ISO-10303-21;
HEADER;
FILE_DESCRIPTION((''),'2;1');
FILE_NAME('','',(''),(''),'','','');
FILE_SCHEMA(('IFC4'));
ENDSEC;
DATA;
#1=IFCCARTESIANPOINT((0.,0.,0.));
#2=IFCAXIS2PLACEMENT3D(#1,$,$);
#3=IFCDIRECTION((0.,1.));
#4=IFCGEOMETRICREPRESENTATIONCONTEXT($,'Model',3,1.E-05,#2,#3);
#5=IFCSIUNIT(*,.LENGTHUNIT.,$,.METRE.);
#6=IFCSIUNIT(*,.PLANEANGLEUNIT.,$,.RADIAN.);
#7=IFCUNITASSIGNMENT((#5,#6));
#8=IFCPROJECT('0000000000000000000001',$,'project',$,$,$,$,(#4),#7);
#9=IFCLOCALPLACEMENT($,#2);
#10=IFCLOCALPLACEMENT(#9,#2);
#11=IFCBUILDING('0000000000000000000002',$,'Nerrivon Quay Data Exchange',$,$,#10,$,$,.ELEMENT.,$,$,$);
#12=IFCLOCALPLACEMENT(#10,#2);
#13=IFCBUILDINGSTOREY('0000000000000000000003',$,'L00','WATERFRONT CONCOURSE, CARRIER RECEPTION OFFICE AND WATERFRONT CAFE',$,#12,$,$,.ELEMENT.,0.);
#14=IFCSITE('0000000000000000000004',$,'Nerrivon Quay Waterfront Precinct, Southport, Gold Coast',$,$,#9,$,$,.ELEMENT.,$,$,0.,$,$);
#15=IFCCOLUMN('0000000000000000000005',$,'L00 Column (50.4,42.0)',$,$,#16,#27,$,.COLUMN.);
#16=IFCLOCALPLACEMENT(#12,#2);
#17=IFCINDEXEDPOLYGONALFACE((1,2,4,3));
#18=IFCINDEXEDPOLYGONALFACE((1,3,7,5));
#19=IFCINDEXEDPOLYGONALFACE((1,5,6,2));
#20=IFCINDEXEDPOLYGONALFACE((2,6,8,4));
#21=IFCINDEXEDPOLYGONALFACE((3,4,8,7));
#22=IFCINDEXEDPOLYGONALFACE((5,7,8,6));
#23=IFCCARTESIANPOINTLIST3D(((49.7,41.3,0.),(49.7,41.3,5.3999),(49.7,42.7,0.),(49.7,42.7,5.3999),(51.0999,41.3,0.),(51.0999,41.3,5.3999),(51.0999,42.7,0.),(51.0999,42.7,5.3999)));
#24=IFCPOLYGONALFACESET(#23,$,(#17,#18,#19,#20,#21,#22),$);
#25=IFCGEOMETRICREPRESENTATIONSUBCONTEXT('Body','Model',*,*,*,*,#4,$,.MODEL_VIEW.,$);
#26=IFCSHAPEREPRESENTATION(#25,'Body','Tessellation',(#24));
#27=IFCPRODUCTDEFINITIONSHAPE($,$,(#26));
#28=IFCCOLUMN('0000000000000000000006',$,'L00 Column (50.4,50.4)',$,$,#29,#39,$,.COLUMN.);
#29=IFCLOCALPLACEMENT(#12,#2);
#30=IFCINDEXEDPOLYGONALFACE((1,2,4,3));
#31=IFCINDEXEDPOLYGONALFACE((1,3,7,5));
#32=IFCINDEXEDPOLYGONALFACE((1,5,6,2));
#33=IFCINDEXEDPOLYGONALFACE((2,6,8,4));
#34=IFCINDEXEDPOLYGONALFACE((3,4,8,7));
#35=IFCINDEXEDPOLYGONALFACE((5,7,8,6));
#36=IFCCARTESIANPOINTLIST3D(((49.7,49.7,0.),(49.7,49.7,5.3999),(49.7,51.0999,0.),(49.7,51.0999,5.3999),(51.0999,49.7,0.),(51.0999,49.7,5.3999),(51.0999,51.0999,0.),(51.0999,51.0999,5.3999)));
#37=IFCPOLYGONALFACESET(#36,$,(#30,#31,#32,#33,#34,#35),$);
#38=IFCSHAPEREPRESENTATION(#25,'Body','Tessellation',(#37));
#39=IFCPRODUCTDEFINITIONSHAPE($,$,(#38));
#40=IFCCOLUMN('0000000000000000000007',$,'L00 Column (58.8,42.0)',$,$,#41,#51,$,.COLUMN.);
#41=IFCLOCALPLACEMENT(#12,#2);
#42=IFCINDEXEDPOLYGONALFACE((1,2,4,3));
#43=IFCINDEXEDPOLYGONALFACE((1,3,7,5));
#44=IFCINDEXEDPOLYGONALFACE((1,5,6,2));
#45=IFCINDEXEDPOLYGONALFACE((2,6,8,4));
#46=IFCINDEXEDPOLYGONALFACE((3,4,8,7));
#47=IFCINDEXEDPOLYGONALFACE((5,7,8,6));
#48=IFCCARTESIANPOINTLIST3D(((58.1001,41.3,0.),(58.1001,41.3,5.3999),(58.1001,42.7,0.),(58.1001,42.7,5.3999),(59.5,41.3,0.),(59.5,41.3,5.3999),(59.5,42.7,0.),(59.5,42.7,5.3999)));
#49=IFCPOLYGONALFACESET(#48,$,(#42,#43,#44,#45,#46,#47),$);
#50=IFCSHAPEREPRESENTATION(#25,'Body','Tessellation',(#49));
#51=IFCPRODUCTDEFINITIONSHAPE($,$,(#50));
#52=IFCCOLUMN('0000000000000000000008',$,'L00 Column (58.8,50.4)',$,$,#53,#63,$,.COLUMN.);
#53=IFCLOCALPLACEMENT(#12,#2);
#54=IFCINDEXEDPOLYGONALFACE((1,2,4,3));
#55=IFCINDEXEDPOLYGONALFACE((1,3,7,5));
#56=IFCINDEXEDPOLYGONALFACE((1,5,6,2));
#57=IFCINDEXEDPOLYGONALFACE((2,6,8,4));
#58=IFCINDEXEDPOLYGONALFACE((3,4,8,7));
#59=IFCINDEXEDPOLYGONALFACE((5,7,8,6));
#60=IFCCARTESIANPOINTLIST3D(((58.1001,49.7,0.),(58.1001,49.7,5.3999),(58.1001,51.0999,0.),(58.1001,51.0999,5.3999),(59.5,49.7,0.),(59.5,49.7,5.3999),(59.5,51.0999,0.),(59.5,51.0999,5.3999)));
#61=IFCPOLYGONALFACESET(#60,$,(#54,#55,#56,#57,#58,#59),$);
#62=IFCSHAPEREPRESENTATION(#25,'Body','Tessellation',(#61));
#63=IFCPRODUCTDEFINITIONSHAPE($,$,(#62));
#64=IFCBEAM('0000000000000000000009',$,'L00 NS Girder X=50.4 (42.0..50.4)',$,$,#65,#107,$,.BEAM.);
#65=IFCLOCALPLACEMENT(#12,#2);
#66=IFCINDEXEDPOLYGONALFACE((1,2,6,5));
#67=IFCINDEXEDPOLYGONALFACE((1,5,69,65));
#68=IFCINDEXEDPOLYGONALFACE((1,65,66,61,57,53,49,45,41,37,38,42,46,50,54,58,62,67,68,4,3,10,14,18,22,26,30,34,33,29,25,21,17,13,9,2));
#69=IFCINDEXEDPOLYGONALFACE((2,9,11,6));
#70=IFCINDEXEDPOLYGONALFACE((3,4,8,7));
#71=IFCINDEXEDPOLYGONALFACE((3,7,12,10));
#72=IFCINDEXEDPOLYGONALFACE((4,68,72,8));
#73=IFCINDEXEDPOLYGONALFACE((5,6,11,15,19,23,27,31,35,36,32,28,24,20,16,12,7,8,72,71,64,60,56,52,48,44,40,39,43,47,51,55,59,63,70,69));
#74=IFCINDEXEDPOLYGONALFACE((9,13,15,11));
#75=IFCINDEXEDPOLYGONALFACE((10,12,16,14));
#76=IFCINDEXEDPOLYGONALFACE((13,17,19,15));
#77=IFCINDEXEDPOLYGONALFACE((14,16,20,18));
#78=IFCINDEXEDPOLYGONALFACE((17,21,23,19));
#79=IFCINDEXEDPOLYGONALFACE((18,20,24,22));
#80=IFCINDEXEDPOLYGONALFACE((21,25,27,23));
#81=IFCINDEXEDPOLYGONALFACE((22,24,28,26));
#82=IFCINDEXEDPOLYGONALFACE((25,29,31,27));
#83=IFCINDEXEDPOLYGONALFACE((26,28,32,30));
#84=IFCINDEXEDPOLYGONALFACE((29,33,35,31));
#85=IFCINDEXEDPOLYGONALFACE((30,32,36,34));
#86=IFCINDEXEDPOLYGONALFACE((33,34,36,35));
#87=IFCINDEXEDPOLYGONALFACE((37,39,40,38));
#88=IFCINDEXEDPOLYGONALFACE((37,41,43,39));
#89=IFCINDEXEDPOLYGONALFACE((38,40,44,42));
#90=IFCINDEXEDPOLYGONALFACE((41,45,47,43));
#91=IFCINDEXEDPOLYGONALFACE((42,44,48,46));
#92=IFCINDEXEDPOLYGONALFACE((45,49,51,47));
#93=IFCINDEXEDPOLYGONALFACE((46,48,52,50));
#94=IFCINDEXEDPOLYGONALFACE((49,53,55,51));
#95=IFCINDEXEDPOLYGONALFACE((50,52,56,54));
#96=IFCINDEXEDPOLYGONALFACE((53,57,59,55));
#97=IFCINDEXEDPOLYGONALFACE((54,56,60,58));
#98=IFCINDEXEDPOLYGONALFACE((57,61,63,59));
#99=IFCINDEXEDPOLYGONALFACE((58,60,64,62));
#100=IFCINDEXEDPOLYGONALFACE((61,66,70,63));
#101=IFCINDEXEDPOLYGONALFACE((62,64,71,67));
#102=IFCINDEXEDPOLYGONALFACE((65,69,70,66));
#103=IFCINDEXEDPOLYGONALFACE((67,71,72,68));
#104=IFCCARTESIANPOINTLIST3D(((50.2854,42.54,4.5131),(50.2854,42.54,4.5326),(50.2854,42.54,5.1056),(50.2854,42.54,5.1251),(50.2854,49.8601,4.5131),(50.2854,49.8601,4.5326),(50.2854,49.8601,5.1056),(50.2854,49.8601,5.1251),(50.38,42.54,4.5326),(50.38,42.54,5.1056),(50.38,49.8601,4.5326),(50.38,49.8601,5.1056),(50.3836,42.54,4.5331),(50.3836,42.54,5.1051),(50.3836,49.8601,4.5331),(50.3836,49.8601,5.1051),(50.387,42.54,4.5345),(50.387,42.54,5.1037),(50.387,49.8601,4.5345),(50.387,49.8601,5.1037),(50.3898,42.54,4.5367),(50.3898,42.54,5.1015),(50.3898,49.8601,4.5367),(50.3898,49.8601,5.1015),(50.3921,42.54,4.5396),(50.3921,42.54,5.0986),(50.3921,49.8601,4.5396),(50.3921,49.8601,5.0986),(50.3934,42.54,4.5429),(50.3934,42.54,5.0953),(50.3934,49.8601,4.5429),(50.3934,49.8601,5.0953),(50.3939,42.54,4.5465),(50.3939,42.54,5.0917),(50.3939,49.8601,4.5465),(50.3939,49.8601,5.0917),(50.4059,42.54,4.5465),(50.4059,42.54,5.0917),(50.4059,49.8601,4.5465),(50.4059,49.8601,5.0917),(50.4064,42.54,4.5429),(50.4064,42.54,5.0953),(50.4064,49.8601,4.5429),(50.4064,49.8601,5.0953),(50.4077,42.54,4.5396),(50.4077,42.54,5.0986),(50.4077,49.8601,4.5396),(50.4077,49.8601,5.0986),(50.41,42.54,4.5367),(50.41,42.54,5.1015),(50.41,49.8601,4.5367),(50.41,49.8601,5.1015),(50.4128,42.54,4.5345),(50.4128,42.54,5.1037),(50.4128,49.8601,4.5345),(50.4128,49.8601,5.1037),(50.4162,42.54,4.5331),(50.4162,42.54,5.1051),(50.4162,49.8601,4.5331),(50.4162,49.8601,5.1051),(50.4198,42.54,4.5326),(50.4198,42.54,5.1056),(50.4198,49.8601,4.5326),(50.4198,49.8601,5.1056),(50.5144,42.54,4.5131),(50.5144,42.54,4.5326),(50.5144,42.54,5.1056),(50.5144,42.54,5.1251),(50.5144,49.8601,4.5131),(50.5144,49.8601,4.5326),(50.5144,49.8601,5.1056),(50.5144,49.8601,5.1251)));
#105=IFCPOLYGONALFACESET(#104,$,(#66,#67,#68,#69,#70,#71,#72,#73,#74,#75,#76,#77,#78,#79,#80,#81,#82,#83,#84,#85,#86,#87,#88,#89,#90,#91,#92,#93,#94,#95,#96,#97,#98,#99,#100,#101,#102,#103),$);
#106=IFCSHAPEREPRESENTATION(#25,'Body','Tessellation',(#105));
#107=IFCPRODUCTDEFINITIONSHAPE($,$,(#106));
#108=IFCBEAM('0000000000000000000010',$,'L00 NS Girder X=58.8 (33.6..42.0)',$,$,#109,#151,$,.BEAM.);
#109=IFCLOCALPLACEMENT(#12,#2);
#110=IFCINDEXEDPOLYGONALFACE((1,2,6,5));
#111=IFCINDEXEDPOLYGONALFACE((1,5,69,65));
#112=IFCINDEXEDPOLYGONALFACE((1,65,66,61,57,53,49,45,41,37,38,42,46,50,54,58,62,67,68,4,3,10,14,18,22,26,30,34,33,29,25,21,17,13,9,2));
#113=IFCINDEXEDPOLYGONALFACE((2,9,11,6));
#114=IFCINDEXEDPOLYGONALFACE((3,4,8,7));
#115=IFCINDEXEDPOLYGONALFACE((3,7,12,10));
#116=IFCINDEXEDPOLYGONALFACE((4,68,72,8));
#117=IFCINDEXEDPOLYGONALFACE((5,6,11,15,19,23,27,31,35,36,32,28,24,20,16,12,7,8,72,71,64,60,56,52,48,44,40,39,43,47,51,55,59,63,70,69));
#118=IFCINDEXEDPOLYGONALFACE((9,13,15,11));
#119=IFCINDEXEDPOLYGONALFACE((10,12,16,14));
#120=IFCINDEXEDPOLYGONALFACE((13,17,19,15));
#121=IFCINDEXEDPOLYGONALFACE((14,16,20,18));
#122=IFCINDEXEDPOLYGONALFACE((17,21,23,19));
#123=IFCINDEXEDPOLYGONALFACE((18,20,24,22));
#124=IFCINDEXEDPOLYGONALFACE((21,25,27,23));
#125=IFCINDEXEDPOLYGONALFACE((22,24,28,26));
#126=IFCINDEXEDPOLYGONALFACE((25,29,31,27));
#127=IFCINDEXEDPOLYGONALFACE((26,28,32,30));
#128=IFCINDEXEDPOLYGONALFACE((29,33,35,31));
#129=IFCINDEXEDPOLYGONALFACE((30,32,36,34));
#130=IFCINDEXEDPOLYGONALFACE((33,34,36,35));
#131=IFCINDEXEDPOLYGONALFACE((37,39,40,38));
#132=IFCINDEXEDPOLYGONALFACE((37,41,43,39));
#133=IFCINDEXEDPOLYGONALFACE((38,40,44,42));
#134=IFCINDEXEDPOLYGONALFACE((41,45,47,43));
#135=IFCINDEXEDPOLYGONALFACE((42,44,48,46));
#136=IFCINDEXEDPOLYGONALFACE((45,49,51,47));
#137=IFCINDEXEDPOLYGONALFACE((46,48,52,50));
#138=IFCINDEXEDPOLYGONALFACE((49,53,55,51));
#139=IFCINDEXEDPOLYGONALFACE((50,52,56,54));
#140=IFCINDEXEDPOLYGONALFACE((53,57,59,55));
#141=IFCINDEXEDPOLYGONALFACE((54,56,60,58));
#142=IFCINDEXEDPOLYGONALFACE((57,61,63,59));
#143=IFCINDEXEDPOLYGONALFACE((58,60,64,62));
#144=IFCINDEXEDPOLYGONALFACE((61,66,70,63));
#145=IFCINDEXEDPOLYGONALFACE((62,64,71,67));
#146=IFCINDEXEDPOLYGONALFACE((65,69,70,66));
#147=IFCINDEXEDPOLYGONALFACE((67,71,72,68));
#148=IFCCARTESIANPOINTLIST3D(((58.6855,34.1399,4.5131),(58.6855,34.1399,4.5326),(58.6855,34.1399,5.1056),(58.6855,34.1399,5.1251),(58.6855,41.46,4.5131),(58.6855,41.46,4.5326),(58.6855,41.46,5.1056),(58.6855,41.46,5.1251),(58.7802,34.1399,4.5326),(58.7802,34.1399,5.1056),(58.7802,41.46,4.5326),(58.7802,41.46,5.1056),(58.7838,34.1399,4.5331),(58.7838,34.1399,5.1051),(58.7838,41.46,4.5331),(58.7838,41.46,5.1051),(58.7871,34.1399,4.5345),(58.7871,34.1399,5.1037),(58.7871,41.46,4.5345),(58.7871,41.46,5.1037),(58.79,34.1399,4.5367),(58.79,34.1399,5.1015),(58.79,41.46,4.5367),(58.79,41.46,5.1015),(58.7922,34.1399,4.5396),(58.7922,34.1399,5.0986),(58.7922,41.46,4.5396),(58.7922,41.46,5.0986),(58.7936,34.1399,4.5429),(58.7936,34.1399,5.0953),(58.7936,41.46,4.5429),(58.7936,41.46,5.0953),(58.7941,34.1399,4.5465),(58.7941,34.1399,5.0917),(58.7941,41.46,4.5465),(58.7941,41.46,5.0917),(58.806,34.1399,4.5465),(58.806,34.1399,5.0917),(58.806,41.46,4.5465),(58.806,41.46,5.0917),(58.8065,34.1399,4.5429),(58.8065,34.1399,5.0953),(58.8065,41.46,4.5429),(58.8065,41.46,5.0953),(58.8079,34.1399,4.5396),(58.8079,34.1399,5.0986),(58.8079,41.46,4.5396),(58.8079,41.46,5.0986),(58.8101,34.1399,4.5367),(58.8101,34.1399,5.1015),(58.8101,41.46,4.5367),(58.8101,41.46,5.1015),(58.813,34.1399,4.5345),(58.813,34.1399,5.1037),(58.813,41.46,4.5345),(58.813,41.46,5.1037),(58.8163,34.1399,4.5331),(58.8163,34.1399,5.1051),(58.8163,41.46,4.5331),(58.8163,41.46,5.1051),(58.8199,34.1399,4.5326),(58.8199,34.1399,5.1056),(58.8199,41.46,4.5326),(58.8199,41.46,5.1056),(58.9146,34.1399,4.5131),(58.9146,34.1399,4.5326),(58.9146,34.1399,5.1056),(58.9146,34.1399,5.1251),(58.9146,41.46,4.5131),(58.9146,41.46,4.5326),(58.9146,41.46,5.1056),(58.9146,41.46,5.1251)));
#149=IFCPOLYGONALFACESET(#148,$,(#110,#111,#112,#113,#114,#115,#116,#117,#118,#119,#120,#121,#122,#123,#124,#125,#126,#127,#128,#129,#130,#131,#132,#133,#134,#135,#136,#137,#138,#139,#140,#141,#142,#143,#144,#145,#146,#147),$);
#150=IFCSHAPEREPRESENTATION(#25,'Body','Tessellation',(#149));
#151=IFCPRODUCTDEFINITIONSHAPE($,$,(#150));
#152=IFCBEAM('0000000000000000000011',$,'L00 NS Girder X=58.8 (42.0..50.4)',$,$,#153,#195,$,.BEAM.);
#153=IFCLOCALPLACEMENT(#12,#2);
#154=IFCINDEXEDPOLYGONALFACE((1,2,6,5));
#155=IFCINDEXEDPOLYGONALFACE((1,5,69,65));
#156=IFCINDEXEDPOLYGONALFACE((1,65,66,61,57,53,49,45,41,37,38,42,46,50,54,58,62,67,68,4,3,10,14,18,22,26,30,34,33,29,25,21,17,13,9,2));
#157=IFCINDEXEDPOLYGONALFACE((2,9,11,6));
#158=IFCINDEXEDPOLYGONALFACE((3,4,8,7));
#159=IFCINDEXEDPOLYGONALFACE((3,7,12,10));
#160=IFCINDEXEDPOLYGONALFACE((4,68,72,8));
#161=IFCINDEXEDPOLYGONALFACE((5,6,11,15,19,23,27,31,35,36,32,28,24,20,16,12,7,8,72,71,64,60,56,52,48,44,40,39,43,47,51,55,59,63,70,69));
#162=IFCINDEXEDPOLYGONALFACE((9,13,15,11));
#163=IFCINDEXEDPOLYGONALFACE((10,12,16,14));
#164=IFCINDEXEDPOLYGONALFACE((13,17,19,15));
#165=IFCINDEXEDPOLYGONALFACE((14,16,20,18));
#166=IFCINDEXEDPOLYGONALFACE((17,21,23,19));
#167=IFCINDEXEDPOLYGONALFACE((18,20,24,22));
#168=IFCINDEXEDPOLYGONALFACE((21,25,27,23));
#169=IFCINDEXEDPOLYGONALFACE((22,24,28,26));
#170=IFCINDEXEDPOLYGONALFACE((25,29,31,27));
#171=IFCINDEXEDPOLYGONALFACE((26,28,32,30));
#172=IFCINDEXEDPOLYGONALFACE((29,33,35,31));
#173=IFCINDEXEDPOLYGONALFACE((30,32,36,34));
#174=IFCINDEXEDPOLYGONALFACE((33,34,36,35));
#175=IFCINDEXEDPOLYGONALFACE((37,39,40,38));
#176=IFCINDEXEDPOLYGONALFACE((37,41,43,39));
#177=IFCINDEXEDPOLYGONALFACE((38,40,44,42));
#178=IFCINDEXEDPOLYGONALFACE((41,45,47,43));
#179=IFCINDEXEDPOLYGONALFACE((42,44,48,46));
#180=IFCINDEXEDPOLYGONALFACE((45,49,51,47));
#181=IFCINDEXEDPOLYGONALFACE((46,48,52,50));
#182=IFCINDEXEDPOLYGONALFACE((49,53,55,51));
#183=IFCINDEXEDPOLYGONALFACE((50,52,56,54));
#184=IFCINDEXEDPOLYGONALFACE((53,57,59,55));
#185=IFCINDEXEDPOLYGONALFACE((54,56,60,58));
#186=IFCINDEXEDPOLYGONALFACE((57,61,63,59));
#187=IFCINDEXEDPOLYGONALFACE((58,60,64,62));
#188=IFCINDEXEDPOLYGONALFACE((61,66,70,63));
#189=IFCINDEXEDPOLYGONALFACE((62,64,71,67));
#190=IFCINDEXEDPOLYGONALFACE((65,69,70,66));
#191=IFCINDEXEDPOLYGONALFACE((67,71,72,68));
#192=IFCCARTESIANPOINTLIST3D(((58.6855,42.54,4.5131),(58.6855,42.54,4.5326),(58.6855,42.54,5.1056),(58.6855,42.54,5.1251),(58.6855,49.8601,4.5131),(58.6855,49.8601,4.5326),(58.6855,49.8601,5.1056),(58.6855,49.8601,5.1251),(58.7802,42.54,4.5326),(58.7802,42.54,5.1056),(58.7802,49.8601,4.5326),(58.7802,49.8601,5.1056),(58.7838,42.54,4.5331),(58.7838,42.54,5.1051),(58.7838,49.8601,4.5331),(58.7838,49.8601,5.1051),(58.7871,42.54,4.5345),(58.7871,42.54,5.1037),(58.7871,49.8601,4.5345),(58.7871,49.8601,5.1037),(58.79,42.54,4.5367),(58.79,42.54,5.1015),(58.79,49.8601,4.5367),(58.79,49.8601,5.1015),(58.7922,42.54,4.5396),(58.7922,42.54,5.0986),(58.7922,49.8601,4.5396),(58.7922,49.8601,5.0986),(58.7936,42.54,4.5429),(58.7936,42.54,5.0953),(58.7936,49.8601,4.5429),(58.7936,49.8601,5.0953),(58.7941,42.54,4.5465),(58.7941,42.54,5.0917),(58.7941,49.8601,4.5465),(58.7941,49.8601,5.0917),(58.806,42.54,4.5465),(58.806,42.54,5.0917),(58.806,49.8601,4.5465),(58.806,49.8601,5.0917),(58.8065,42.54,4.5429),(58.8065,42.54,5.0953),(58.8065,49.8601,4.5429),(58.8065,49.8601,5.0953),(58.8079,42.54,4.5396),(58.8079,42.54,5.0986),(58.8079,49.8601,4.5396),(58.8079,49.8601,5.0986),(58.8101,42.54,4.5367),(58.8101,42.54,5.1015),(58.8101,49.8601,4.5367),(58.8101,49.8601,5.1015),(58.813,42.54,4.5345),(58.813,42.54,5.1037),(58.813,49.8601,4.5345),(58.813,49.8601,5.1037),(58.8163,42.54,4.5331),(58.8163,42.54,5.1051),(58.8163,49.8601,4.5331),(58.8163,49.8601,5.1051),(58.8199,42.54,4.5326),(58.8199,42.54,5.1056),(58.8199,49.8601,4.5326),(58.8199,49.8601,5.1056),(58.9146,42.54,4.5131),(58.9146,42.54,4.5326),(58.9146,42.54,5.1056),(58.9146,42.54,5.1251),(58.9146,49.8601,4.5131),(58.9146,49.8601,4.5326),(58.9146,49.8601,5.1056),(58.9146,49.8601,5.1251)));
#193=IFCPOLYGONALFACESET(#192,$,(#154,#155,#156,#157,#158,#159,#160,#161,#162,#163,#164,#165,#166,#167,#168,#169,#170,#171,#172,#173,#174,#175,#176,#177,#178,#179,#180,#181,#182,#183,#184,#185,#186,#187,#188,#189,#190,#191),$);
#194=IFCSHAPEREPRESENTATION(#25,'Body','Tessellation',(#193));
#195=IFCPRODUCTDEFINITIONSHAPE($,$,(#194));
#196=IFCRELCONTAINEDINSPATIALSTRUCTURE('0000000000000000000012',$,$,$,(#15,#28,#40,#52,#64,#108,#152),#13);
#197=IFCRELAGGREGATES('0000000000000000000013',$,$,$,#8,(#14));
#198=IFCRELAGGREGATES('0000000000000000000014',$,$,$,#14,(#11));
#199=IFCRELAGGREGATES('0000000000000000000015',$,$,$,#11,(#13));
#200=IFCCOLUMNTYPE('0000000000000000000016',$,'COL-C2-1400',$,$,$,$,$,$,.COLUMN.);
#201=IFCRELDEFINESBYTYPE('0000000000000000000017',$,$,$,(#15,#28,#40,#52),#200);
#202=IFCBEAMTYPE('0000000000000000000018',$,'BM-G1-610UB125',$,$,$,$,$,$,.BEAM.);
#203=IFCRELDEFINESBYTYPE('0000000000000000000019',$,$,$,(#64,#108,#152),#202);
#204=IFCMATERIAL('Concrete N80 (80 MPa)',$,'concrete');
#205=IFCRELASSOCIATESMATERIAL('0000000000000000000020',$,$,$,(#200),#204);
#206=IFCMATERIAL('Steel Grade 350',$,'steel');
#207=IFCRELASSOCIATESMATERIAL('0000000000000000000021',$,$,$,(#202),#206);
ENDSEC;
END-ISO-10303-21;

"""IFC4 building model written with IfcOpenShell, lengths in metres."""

from ifc_helpers import new_model, si_unit, direction, frame, origin, origin_2d, place, context, subcontext, project, spatial, rectangle, i_section, extrude, material, material_profile, profile_set, type_object, element, save


model = new_model("IFC4")

# Units and contexts
model_context = context("Model", 3, precision=1e-05, world=origin(), true_north=direction((0.0, 1.0)))
body_context = subcontext(model_context, "Body", "Model", "MODEL_VIEW")
ifc_project = project(units=[si_unit("LENGTHUNIT", "METRE"), si_unit("PLANEANGLEUNIT", "RADIAN")], contexts=[model_context])

# Site, building, storey
site_placement = place(None, origin())
site = spatial("IfcSite", under=ifc_project, at=site_placement, Name="Nerrivon Quay Waterfront Precinct, Southport, Gold Coast", CompositionType="ELEMENT", RefElevation=0.0)
building_placement = place(site_placement, origin())
building = spatial("IfcBuilding", under=site, at=building_placement, Name="Nerrivon Quay Data Exchange", CompositionType="ELEMENT")
storey_placement = place(building_placement, origin())
storey = spatial("IfcBuildingStorey", under=building, at=storey_placement, Name="L00", Description="WATERFRONT CONCOURSE, CARRIER RECEPTION OFFICE AND WATERFRONT CAFE", CompositionType="ELEMENT", Elevation=0.0)

# Columns
ifc_material_1 = material(Name="Concrete N80 (80 MPa)", Category="concrete")
ifc_material_profile_1 = material_profile(ifc_material_1, rectangle(XDim=1.3999, YDim=1.3999, at=origin_2d()), Name="RC-COL-1400x1400")
ifc_profile_set_1 = profile_set([ifc_material_profile_1], Name="Concrete N80 (80 MPa)")
column_type = type_object("IfcColumnType", Name="COL-C2-1400", PredefinedType="COLUMN", material=ifc_profile_set_1)
for number, where, z_axis, x_axis, name in (
    (1, (50.3999, 42.0, 0.0), (0.0, 0.0, 1.0), (1.0, 0.0, 0.0), "L00 Column (50.4,42.0)"),
    (2, (50.3999, 50.3999, 0.0), (0.0, 0.0, 1.0), (1.0, 0.0, 0.0), "L00 Column (50.4,50.4)"),
    (3, (58.8, 42.0, 0.0), (0.0, 0.0, 1.0), (1.0, 0.0, 0.0), "L00 Column (58.8,42.0)"),
    (4, (58.8, 50.3999, 0.0), (0.0, 0.0, 1.0), (1.0, 0.0, 0.0), "L00 Column (58.8,50.4)"),
):
    element("IfcColumn", number, at=place(storey_placement, frame(where, z_axis=z_axis, x_axis=x_axis)), inside=storey, type_object=column_type, Name=name, PredefinedType="COLUMN", context=body_context, shape_type="SweptSolid", body=[
        extrude(rectangle(XDim=1.3999, YDim=1.3999, at=origin_2d()), origin(), (0.0, 0.0, 1.0), 5.3999),
    ])

# Beams
ifc_material_2 = material(Name="Steel Grade 350", Category="steel")
ifc_material_profile_2 = material_profile(ifc_material_2, i_section(OverallWidth=0.229, OverallDepth=0.6121, WebThickness=0.012, FlangeThickness=0.0195, FilletRadius=0.0139, at=origin_2d()), Name="610UB125")
ifc_profile_set_2 = profile_set([ifc_material_profile_2], Name="Steel Grade 350")
beam_type_1 = type_object("IfcBeamType", Name="BM-G1-610UB125", PredefinedType="BEAM", material=ifc_profile_set_2)
for number, where, z_axis, x_axis, name in (
    (5, (50.3999, 42.54, 4.8191), (0.0, 1.0, 0.0), (-1.0, 0.0, 0.0), "L00 NS Girder X=50.4 (42.0..50.4)"),
    (6, (58.8, 34.1399, 4.8191), (0.0, 1.0, 0.0), (-1.0, 0.0, 0.0), "L00 NS Girder X=58.8 (33.6..42.0)"),
    (7, (58.8, 42.54, 4.8191), (0.0, 1.0, 0.0), (-1.0, 0.0, 0.0), "L00 NS Girder X=58.8 (42.0..50.4)"),
):
    element("IfcBeam", number, at=place(storey_placement, frame(where, z_axis=z_axis, x_axis=x_axis)), inside=storey, type_object=beam_type_1, Name=name, PredefinedType="BEAM", context=body_context, shape_type="SweptSolid", body=[
        extrude(i_section(OverallWidth=0.229, OverallDepth=0.6121, WebThickness=0.012, FlangeThickness=0.0195, FilletRadius=0.0139, at=origin_2d()), origin(), (0.0, 0.0, 1.0), 7.3201),
    ])

save(model, "model.ifc")
